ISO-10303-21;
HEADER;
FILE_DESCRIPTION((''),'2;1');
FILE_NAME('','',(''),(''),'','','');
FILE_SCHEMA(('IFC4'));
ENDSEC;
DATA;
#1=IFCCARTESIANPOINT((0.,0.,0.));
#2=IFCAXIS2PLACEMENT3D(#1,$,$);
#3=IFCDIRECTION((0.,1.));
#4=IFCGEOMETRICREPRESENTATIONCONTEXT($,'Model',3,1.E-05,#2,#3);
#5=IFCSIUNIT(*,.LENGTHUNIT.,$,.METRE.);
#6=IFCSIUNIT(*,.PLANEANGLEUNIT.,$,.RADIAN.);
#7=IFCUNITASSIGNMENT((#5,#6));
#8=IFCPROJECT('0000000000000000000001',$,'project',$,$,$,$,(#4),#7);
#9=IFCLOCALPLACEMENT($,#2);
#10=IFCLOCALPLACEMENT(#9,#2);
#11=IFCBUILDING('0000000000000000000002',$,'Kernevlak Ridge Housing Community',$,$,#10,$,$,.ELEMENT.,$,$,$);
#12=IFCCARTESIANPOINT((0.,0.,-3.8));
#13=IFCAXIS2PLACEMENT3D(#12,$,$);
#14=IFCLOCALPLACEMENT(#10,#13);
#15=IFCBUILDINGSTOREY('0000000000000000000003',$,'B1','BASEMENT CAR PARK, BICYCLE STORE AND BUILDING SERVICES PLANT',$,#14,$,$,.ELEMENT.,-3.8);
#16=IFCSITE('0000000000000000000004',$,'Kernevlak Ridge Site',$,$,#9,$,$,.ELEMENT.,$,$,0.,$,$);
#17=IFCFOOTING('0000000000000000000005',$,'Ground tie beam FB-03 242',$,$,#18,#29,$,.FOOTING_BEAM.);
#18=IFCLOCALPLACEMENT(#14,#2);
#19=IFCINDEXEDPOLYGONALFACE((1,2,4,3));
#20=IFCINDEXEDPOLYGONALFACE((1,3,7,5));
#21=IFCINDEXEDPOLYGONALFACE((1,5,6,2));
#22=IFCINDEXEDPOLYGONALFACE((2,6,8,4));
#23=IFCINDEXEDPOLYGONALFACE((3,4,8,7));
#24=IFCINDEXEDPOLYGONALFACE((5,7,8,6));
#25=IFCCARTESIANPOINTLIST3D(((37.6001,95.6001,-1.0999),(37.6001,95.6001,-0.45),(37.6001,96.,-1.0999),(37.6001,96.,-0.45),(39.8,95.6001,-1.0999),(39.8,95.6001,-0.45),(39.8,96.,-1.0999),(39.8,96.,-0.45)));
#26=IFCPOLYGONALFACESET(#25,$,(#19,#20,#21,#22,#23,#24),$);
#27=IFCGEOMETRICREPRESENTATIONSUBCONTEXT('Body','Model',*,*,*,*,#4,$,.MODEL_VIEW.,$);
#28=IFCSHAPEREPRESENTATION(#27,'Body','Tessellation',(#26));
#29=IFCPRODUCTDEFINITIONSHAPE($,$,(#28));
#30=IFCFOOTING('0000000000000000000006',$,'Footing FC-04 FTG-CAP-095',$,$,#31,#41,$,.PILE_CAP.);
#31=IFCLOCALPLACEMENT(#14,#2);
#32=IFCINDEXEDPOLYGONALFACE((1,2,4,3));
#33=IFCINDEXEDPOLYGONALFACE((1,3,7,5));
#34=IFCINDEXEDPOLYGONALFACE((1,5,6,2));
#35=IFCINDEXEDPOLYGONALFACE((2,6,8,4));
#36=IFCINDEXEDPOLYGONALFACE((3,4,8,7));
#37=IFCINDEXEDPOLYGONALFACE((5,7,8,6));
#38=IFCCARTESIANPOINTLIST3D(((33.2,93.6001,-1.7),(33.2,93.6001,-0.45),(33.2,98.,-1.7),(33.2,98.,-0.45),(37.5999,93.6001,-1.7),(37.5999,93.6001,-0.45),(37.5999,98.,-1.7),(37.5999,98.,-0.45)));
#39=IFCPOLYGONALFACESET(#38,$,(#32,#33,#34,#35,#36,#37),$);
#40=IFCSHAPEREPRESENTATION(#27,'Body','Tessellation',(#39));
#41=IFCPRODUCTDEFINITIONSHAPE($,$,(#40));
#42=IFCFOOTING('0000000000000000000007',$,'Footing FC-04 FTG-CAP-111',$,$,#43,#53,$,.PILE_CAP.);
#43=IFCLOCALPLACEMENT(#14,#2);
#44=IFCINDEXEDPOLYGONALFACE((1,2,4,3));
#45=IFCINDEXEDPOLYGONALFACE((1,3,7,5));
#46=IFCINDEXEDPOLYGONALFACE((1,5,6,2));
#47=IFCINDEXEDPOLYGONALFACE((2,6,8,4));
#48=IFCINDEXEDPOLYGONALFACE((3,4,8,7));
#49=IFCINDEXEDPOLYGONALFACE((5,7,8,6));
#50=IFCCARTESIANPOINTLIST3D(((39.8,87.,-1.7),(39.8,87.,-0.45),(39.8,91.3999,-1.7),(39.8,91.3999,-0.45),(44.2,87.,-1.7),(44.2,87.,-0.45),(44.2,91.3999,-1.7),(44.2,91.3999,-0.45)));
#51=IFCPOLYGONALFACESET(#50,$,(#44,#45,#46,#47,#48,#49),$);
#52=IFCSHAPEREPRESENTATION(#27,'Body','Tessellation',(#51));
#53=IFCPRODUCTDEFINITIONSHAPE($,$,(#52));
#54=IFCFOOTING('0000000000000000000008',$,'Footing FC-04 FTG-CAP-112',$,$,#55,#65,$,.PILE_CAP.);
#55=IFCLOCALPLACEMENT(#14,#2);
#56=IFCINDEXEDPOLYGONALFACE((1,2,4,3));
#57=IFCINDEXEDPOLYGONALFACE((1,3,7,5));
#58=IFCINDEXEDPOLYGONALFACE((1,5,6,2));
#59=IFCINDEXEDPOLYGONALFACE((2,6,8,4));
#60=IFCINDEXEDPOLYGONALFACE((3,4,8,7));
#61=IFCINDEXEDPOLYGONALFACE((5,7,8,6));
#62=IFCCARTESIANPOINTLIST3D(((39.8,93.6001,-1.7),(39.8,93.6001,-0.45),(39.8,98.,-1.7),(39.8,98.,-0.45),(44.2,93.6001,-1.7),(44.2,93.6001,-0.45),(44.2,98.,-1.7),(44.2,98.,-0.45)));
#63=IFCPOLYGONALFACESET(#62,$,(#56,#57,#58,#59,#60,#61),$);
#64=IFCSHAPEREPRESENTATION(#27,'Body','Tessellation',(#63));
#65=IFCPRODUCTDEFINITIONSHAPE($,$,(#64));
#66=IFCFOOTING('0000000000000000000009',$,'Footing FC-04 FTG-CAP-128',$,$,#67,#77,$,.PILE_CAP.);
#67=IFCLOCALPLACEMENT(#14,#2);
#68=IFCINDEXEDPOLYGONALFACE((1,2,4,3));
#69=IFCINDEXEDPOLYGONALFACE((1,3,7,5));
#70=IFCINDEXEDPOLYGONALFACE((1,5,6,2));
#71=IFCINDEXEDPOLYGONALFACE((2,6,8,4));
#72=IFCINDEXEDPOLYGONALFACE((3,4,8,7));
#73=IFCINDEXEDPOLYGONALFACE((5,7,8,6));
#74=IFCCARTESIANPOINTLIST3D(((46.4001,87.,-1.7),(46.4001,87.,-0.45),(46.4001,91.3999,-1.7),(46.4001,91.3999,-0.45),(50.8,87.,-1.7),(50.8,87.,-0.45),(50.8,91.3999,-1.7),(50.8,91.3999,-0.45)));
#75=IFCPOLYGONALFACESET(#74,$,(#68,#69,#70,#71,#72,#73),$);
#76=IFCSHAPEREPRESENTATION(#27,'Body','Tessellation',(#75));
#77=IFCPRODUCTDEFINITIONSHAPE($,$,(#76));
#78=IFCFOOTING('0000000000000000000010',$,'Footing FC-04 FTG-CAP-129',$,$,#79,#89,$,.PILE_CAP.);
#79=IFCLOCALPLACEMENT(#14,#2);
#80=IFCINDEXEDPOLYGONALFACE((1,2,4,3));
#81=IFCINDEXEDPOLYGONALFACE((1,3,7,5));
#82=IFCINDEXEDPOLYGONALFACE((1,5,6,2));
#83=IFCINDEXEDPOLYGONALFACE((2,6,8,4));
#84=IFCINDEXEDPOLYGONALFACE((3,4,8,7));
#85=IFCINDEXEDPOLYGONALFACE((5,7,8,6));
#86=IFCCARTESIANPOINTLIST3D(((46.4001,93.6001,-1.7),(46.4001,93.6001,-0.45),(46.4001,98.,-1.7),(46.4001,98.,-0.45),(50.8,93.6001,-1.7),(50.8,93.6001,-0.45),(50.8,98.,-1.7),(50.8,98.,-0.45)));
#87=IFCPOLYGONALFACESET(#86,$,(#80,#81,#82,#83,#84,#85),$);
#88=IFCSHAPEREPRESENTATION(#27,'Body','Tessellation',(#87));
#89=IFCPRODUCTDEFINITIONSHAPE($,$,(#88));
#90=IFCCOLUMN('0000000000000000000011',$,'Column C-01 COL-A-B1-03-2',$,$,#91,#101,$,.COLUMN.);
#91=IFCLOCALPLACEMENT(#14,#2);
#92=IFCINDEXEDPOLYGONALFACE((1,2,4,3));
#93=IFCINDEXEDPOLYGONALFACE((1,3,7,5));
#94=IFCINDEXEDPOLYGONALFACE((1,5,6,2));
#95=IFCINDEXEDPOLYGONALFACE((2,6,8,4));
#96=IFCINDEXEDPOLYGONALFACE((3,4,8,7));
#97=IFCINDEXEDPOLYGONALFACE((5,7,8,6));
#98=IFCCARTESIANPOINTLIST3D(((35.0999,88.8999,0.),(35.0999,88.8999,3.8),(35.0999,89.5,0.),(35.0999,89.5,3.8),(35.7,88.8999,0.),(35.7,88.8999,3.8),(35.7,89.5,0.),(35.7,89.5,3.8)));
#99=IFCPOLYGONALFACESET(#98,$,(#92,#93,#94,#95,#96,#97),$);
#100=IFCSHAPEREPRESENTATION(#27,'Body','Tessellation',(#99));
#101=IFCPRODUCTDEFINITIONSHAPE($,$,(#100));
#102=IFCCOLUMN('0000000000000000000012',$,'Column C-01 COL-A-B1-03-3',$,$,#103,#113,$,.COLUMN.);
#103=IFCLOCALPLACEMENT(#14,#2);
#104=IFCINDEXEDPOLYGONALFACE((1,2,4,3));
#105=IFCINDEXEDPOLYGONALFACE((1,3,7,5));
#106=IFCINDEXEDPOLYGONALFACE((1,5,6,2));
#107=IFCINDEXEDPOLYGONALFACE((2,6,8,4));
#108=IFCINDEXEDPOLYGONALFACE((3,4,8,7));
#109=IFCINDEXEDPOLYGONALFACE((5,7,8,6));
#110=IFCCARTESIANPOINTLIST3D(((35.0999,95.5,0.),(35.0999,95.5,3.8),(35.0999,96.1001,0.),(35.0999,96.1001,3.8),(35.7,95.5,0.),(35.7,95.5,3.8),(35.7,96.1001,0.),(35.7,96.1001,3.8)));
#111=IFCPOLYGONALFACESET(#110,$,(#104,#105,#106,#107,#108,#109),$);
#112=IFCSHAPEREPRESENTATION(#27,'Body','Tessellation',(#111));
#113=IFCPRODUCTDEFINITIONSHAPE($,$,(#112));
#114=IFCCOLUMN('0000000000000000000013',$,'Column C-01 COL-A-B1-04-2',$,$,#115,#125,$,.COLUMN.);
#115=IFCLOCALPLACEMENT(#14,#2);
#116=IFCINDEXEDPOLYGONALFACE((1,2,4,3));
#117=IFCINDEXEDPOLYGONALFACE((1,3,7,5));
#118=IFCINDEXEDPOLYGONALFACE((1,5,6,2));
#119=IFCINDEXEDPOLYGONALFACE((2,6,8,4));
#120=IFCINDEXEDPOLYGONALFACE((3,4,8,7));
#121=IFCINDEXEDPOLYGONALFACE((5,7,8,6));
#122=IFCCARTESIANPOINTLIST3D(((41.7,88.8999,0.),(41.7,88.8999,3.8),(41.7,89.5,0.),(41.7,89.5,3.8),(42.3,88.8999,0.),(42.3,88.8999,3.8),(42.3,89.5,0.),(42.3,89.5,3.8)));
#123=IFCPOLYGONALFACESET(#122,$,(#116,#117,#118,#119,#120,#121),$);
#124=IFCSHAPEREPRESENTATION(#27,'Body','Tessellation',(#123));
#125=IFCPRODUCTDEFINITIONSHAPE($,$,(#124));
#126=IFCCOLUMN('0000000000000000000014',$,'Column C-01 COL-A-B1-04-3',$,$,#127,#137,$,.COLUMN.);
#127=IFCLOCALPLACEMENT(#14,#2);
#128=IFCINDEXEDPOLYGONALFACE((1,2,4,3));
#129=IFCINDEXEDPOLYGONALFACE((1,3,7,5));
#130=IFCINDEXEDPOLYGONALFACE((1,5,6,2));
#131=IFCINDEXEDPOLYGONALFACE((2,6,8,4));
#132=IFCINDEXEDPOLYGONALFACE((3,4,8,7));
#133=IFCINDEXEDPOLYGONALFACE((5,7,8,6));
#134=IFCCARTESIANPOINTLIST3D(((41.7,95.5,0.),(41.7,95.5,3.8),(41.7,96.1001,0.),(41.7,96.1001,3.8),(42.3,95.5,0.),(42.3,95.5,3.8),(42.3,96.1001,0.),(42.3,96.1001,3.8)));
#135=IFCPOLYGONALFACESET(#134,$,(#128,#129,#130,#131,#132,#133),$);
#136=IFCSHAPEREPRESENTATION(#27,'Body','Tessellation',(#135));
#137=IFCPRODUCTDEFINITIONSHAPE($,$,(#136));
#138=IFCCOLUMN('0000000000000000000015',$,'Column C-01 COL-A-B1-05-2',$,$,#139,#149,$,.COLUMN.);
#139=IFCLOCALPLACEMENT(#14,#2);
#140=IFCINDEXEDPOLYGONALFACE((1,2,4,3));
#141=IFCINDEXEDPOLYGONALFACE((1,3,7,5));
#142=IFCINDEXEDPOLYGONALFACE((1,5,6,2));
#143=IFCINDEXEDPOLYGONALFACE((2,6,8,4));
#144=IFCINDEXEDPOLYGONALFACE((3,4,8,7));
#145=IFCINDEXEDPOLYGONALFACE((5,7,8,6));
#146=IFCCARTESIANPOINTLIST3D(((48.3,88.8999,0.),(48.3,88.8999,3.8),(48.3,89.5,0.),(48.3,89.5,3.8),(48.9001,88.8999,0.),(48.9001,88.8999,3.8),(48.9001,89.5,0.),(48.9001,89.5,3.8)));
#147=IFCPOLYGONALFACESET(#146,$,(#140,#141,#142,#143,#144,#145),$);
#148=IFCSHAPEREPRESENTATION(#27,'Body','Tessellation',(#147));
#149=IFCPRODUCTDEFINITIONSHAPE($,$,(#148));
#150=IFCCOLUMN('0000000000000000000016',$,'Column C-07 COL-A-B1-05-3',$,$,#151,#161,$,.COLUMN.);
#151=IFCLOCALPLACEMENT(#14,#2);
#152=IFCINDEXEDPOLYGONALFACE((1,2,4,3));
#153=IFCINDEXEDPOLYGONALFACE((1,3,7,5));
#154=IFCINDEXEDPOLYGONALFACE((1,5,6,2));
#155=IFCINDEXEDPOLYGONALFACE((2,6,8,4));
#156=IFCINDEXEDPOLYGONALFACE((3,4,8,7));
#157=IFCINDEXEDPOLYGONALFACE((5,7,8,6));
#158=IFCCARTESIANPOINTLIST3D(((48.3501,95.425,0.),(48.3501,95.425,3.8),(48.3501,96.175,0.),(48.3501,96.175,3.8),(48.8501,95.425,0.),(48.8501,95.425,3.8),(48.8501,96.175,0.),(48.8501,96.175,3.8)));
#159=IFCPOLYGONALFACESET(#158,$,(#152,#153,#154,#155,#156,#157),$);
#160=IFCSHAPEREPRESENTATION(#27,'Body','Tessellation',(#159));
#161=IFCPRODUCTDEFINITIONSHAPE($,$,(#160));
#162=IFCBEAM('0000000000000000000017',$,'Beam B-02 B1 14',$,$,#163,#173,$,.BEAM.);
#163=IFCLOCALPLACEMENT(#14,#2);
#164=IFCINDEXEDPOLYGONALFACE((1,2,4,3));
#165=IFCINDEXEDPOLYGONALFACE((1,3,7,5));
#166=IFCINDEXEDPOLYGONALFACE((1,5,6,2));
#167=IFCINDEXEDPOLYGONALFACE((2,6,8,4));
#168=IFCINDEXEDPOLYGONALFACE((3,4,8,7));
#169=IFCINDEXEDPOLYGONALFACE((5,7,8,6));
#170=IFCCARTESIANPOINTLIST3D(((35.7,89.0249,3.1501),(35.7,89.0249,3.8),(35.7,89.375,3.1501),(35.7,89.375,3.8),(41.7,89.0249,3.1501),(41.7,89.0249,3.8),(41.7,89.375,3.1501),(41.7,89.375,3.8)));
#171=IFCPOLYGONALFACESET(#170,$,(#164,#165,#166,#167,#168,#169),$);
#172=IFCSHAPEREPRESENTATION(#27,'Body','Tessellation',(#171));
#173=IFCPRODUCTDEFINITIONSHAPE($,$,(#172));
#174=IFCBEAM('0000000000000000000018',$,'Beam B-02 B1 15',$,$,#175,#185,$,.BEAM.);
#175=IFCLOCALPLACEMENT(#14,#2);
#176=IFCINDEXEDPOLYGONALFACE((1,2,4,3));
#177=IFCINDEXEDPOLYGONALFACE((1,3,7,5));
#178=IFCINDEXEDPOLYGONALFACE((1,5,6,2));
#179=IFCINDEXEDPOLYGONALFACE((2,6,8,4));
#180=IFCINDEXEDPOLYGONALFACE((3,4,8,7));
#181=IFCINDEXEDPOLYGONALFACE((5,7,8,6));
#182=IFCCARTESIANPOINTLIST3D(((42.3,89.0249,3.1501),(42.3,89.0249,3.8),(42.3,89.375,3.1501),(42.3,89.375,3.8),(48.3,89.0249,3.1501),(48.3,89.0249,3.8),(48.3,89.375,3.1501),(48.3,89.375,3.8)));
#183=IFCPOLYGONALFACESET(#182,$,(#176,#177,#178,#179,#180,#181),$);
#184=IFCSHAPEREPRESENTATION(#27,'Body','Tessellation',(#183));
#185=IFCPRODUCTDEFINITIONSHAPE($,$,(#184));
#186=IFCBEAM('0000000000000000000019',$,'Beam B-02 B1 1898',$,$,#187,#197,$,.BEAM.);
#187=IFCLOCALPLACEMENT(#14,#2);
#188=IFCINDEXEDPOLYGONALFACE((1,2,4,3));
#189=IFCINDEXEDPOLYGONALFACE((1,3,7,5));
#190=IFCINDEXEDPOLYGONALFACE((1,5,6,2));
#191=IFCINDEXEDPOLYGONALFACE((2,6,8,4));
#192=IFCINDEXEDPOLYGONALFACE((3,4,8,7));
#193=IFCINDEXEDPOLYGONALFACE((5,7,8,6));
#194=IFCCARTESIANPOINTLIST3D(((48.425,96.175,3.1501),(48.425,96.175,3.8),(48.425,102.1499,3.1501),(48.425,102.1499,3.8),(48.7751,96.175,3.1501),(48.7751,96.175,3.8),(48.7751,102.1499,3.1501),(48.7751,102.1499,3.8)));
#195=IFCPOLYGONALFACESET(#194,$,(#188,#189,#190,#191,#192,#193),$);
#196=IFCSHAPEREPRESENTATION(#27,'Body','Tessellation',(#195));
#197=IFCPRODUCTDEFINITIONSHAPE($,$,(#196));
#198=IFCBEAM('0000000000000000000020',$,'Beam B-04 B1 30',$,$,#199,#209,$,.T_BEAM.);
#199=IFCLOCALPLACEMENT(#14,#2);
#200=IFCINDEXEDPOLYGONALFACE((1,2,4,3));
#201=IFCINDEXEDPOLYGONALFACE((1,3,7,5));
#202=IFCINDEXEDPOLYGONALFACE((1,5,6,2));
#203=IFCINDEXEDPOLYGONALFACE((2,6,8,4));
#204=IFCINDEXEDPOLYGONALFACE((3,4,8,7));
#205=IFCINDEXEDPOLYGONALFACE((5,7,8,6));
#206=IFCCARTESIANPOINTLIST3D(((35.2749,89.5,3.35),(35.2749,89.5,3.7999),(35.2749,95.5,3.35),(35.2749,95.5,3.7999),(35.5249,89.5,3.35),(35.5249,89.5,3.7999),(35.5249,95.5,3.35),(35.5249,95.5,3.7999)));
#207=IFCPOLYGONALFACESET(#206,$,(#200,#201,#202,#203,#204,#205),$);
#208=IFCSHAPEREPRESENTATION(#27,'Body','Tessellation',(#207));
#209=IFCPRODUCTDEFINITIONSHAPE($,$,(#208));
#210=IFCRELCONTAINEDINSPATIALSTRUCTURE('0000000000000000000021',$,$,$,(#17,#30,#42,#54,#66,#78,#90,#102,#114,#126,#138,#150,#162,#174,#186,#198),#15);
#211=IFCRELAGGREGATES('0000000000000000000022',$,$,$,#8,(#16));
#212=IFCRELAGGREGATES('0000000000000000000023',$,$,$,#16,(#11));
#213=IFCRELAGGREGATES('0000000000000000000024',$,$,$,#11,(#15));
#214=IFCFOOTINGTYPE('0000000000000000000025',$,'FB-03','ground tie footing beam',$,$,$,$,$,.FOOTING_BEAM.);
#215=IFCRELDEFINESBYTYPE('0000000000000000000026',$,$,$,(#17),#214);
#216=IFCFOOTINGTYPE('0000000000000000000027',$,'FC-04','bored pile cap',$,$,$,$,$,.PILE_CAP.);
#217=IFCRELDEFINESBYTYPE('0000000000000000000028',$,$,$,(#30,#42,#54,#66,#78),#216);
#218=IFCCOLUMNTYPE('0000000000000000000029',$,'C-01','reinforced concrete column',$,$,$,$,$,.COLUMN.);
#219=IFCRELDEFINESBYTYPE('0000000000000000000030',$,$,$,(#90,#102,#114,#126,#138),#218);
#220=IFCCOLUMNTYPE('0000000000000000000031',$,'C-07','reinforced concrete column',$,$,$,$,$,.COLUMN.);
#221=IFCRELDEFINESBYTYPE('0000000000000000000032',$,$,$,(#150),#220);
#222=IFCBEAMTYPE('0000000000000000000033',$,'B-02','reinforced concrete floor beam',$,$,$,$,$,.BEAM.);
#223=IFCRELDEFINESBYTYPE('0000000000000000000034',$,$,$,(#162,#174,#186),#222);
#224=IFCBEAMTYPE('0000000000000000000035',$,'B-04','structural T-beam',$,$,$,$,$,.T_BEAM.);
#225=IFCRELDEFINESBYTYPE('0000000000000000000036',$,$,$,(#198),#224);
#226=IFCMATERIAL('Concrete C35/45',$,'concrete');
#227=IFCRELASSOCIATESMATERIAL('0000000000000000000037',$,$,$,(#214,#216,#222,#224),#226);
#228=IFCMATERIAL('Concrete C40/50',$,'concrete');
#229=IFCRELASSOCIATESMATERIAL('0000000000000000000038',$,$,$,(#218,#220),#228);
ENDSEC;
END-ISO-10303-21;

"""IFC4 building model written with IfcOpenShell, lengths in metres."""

from ifc_helpers import new_model, si_unit, direction, frame, origin, origin_2d, place, context, subcontext, project, spatial, rectangle, extrude, material, material_profile, profile_set, type_object, element, save


model = new_model("IFC4")

# Units and contexts
model_context = context("Model", 3, precision=1e-05, world=origin(), true_north=direction((0.0, 1.0)))
body_context = subcontext(model_context, "Body", "Model", "MODEL_VIEW")
ifc_project = project(units=[si_unit("LENGTHUNIT", "METRE"), si_unit("PLANEANGLEUNIT", "RADIAN")], contexts=[model_context])

# Site, building, storey
site_placement = place(None, origin())
site = spatial("IfcSite", under=ifc_project, at=site_placement, Name="Kernevlak Ridge Site", CompositionType="ELEMENT", RefElevation=0.0)
building_placement = place(site_placement, origin())
building = spatial("IfcBuilding", under=site, at=building_placement, Name="Kernevlak Ridge Housing Community", CompositionType="ELEMENT")
storey_placement = place(building_placement, frame((0.0, 0.0, -3.8)))
storey = spatial("IfcBuildingStorey", under=building, at=storey_placement, Name="B1", Description="BASEMENT CAR PARK, BICYCLE STORE AND BUILDING SERVICES PLANT", CompositionType="ELEMENT", Elevation=-3.8)

# Shared definitions
ifc_material_1 = material(Name="Concrete C35/45", Category="concrete")

# Footings
ifc_material_profile_1 = material_profile(ifc_material_1, rectangle(XDim=0.3999, YDim=0.6499, at=origin_2d()), Name="RC 400x650")
ifc_profile_set_1 = profile_set([ifc_material_profile_1], Name="Concrete C35/45")
footing_type_1 = type_object("IfcFootingType", Name="FB-03", Description="ground tie footing beam", PredefinedType="FOOTING_BEAM", material=ifc_profile_set_1)
for number, where, z_axis, x_axis, name in (
    (1, (37.6001, 95.8, -0.7749), (1.0, 0.0, 0.0), (0.0, 1.0, 0.0), "Ground tie beam FB-03 242"),
):
    element("IfcFooting", number, at=place(storey_placement, frame(where, z_axis=z_axis, x_axis=x_axis)), inside=storey, type_object=footing_type_1, Name=name, PredefinedType="FOOTING_BEAM", context=body_context, shape_type="SweptSolid", body=[
        extrude(rectangle(XDim=0.3999, YDim=0.6499, at=origin_2d()), origin(), (0.0, 0.0, 1.0), 2.2),
    ])
footing_type_2 = type_object("IfcFootingType", Name="FC-04", Description="bored pile cap", PredefinedType="PILE_CAP", material=ifc_material_1)
for number, where, z_axis, x_axis, name in (
    (2, (35.3999, 95.8, -1.7), (0.0, 0.0, 1.0), (1.0, 0.0, 0.0), "Footing FC-04 FTG-CAP-095"),
    (3, (42.0, 89.2, -1.7), (0.0, 0.0, 1.0), (1.0, 0.0, 0.0), "Footing FC-04 FTG-CAP-111"),
    (4, (42.0, 95.8, -1.7), (0.0, 0.0, 1.0), (1.0, 0.0, 0.0), "Footing FC-04 FTG-CAP-112"),
    (5, (48.6001, 89.2, -1.7), (0.0, 0.0, 1.0), (1.0, 0.0, 0.0), "Footing FC-04 FTG-CAP-128"),
    (6, (48.6001, 95.8, -1.7), (0.0, 0.0, 1.0), (1.0, 0.0, 0.0), "Footing FC-04 FTG-CAP-129"),
):
    element("IfcFooting", number, at=place(storey_placement, frame(where, z_axis=z_axis, x_axis=x_axis)), inside=storey, type_object=footing_type_2, Name=name, PredefinedType="PILE_CAP", context=body_context, shape_type="SweptSolid", body=[
        extrude(rectangle(XDim=4.3999, YDim=4.3999, at=origin_2d()), origin(), (0.0, 0.0, 1.0), 1.25),
    ])

# Columns
ifc_material_2 = material(Name="Concrete C40/50", Category="concrete")
ifc_material_profile_2 = material_profile(ifc_material_2, rectangle(XDim=0.6001, YDim=0.6001, at=origin_2d()), Name="RC 600x600")
ifc_profile_set_2 = profile_set([ifc_material_profile_2], Name="Concrete C40/50")
column_type_1 = type_object("IfcColumnType", Name="C-01", Description="reinforced concrete column", PredefinedType="COLUMN", material=ifc_profile_set_2)
for number, where, z_axis, x_axis, name in (
    (7, (35.3999, 89.2, 0.0), (0.0, 0.0, 1.0), (1.0, 0.0, 0.0), "Column C-01 COL-A-B1-03-2"),
    (8, (35.3999, 95.8, 0.0), (0.0, 0.0, 1.0), (1.0, 0.0, 0.0), "Column C-01 COL-A-B1-03-3"),
    (9, (42.0, 89.2, 0.0), (0.0, 0.0, 1.0), (1.0, 0.0, 0.0), "Column C-01 COL-A-B1-04-2"),
    (10, (42.0, 95.8, 0.0), (0.0, 0.0, 1.0), (1.0, 0.0, 0.0), "Column C-01 COL-A-B1-04-3"),
    (11, (48.6001, 89.2, 0.0), (0.0, 0.0, 1.0), (1.0, 0.0, 0.0), "Column C-01 COL-A-B1-05-2"),
):
    element("IfcColumn", number, at=place(storey_placement, frame(where, z_axis=z_axis, x_axis=x_axis)), inside=storey, type_object=column_type_1, Name=name, PredefinedType="COLUMN", context=body_context, shape_type="SweptSolid", body=[
        extrude(rectangle(XDim=0.6001, YDim=0.6001, at=origin_2d()), origin(), (0.0, 0.0, 1.0), 3.8),
    ])
ifc_material_profile_3 = material_profile(ifc_material_2, rectangle(XDim=0.5, YDim=0.75, at=origin_2d()), Name="RC 500x750")
ifc_profile_set_3 = profile_set([ifc_material_profile_3], Name="Concrete C40/50")
column_type_2 = type_object("IfcColumnType", Name="C-07", Description="reinforced concrete column", PredefinedType="COLUMN", material=ifc_profile_set_3)
column_placement = place(storey_placement, frame((48.6001, 95.8, 0.0), z_axis=(0.0, 0.0, 1.0), x_axis=(1.0, 0.0, 0.0)))
element("IfcColumn", 12, at=column_placement, inside=storey, type_object=column_type_2, Name="Column C-07 COL-A-B1-05-3", PredefinedType="COLUMN", context=body_context, shape_type="SweptSolid", body=[
    extrude(rectangle(XDim=0.5, YDim=0.75, at=origin_2d()), origin(), (0.0, 0.0, 1.0), 3.8),
])

# Beams
ifc_material_profile_4 = material_profile(ifc_material_1, rectangle(XDim=0.3501, YDim=0.6499, at=origin_2d()), Name="RC 350x650")
ifc_profile_set_4 = profile_set([ifc_material_profile_4], Name="Concrete C35/45")
beam_type_1 = type_object("IfcBeamType", Name="B-02", Description="reinforced concrete floor beam", PredefinedType="BEAM", material=ifc_profile_set_4)
for number, where, z_axis, x_axis, name in (
    (13, (35.7, 89.2, 3.4751), (1.0, 0.0, 0.0), (0.0, 1.0, 0.0), "Beam B-02 B1 14"),
    (14, (42.3, 89.2, 3.4751), (1.0, 0.0, 0.0), (0.0, 1.0, 0.0), "Beam B-02 B1 15"),
):
    element("IfcBeam", number, at=place(storey_placement, frame(where, z_axis=z_axis, x_axis=x_axis)), inside=storey, type_object=beam_type_1, Name=name, PredefinedType="BEAM", context=body_context, shape_type="SweptSolid", body=[
        extrude(rectangle(XDim=0.3501, YDim=0.6499, at=origin_2d()), origin(), (0.0, 0.0, 1.0), 6.0),
    ])
beam_1_placement = place(storey_placement, frame((48.6001, 96.175, 3.4751), z_axis=(0.0, 1.0, 0.0), x_axis=(-1.0, 0.0, 0.0)))
element("IfcBeam", 15, at=beam_1_placement, inside=storey, type_object=beam_type_1, Name="Beam B-02 B1 1898", PredefinedType="BEAM", context=body_context, shape_type="SweptSolid", body=[
    extrude(rectangle(XDim=0.3501, YDim=0.6499, at=origin_2d()), origin(), (0.0, 0.0, 1.0), 5.9749),
])
ifc_material_profile_5 = material_profile(ifc_material_1, rectangle(XDim=0.25, YDim=0.45, at=origin_2d()), Name="RC 250x450")
ifc_profile_set_5 = profile_set([ifc_material_profile_5], Name="Concrete C35/45")
beam_type_2 = type_object("IfcBeamType", Name="B-04", Description="structural T-beam", PredefinedType="T_BEAM", material=ifc_profile_set_5)
for number, where, z_axis, x_axis, name in (
    (16, (35.3999, 89.5, 3.575), (0.0, 1.0, 0.0), (-1.0, 0.0, 0.0), "Beam B-04 B1 30"),
):
    element("IfcBeam", number, at=place(storey_placement, frame(where, z_axis=z_axis, x_axis=x_axis)), inside=storey, type_object=beam_type_2, Name=name, PredefinedType="T_BEAM", context=body_context, shape_type="SweptSolid", body=[
        extrude(rectangle(XDim=0.25, YDim=0.45, at=origin_2d()), origin(), (0.0, 0.0, 1.0), 6.0),
    ])

save(model, "model.ifc")
